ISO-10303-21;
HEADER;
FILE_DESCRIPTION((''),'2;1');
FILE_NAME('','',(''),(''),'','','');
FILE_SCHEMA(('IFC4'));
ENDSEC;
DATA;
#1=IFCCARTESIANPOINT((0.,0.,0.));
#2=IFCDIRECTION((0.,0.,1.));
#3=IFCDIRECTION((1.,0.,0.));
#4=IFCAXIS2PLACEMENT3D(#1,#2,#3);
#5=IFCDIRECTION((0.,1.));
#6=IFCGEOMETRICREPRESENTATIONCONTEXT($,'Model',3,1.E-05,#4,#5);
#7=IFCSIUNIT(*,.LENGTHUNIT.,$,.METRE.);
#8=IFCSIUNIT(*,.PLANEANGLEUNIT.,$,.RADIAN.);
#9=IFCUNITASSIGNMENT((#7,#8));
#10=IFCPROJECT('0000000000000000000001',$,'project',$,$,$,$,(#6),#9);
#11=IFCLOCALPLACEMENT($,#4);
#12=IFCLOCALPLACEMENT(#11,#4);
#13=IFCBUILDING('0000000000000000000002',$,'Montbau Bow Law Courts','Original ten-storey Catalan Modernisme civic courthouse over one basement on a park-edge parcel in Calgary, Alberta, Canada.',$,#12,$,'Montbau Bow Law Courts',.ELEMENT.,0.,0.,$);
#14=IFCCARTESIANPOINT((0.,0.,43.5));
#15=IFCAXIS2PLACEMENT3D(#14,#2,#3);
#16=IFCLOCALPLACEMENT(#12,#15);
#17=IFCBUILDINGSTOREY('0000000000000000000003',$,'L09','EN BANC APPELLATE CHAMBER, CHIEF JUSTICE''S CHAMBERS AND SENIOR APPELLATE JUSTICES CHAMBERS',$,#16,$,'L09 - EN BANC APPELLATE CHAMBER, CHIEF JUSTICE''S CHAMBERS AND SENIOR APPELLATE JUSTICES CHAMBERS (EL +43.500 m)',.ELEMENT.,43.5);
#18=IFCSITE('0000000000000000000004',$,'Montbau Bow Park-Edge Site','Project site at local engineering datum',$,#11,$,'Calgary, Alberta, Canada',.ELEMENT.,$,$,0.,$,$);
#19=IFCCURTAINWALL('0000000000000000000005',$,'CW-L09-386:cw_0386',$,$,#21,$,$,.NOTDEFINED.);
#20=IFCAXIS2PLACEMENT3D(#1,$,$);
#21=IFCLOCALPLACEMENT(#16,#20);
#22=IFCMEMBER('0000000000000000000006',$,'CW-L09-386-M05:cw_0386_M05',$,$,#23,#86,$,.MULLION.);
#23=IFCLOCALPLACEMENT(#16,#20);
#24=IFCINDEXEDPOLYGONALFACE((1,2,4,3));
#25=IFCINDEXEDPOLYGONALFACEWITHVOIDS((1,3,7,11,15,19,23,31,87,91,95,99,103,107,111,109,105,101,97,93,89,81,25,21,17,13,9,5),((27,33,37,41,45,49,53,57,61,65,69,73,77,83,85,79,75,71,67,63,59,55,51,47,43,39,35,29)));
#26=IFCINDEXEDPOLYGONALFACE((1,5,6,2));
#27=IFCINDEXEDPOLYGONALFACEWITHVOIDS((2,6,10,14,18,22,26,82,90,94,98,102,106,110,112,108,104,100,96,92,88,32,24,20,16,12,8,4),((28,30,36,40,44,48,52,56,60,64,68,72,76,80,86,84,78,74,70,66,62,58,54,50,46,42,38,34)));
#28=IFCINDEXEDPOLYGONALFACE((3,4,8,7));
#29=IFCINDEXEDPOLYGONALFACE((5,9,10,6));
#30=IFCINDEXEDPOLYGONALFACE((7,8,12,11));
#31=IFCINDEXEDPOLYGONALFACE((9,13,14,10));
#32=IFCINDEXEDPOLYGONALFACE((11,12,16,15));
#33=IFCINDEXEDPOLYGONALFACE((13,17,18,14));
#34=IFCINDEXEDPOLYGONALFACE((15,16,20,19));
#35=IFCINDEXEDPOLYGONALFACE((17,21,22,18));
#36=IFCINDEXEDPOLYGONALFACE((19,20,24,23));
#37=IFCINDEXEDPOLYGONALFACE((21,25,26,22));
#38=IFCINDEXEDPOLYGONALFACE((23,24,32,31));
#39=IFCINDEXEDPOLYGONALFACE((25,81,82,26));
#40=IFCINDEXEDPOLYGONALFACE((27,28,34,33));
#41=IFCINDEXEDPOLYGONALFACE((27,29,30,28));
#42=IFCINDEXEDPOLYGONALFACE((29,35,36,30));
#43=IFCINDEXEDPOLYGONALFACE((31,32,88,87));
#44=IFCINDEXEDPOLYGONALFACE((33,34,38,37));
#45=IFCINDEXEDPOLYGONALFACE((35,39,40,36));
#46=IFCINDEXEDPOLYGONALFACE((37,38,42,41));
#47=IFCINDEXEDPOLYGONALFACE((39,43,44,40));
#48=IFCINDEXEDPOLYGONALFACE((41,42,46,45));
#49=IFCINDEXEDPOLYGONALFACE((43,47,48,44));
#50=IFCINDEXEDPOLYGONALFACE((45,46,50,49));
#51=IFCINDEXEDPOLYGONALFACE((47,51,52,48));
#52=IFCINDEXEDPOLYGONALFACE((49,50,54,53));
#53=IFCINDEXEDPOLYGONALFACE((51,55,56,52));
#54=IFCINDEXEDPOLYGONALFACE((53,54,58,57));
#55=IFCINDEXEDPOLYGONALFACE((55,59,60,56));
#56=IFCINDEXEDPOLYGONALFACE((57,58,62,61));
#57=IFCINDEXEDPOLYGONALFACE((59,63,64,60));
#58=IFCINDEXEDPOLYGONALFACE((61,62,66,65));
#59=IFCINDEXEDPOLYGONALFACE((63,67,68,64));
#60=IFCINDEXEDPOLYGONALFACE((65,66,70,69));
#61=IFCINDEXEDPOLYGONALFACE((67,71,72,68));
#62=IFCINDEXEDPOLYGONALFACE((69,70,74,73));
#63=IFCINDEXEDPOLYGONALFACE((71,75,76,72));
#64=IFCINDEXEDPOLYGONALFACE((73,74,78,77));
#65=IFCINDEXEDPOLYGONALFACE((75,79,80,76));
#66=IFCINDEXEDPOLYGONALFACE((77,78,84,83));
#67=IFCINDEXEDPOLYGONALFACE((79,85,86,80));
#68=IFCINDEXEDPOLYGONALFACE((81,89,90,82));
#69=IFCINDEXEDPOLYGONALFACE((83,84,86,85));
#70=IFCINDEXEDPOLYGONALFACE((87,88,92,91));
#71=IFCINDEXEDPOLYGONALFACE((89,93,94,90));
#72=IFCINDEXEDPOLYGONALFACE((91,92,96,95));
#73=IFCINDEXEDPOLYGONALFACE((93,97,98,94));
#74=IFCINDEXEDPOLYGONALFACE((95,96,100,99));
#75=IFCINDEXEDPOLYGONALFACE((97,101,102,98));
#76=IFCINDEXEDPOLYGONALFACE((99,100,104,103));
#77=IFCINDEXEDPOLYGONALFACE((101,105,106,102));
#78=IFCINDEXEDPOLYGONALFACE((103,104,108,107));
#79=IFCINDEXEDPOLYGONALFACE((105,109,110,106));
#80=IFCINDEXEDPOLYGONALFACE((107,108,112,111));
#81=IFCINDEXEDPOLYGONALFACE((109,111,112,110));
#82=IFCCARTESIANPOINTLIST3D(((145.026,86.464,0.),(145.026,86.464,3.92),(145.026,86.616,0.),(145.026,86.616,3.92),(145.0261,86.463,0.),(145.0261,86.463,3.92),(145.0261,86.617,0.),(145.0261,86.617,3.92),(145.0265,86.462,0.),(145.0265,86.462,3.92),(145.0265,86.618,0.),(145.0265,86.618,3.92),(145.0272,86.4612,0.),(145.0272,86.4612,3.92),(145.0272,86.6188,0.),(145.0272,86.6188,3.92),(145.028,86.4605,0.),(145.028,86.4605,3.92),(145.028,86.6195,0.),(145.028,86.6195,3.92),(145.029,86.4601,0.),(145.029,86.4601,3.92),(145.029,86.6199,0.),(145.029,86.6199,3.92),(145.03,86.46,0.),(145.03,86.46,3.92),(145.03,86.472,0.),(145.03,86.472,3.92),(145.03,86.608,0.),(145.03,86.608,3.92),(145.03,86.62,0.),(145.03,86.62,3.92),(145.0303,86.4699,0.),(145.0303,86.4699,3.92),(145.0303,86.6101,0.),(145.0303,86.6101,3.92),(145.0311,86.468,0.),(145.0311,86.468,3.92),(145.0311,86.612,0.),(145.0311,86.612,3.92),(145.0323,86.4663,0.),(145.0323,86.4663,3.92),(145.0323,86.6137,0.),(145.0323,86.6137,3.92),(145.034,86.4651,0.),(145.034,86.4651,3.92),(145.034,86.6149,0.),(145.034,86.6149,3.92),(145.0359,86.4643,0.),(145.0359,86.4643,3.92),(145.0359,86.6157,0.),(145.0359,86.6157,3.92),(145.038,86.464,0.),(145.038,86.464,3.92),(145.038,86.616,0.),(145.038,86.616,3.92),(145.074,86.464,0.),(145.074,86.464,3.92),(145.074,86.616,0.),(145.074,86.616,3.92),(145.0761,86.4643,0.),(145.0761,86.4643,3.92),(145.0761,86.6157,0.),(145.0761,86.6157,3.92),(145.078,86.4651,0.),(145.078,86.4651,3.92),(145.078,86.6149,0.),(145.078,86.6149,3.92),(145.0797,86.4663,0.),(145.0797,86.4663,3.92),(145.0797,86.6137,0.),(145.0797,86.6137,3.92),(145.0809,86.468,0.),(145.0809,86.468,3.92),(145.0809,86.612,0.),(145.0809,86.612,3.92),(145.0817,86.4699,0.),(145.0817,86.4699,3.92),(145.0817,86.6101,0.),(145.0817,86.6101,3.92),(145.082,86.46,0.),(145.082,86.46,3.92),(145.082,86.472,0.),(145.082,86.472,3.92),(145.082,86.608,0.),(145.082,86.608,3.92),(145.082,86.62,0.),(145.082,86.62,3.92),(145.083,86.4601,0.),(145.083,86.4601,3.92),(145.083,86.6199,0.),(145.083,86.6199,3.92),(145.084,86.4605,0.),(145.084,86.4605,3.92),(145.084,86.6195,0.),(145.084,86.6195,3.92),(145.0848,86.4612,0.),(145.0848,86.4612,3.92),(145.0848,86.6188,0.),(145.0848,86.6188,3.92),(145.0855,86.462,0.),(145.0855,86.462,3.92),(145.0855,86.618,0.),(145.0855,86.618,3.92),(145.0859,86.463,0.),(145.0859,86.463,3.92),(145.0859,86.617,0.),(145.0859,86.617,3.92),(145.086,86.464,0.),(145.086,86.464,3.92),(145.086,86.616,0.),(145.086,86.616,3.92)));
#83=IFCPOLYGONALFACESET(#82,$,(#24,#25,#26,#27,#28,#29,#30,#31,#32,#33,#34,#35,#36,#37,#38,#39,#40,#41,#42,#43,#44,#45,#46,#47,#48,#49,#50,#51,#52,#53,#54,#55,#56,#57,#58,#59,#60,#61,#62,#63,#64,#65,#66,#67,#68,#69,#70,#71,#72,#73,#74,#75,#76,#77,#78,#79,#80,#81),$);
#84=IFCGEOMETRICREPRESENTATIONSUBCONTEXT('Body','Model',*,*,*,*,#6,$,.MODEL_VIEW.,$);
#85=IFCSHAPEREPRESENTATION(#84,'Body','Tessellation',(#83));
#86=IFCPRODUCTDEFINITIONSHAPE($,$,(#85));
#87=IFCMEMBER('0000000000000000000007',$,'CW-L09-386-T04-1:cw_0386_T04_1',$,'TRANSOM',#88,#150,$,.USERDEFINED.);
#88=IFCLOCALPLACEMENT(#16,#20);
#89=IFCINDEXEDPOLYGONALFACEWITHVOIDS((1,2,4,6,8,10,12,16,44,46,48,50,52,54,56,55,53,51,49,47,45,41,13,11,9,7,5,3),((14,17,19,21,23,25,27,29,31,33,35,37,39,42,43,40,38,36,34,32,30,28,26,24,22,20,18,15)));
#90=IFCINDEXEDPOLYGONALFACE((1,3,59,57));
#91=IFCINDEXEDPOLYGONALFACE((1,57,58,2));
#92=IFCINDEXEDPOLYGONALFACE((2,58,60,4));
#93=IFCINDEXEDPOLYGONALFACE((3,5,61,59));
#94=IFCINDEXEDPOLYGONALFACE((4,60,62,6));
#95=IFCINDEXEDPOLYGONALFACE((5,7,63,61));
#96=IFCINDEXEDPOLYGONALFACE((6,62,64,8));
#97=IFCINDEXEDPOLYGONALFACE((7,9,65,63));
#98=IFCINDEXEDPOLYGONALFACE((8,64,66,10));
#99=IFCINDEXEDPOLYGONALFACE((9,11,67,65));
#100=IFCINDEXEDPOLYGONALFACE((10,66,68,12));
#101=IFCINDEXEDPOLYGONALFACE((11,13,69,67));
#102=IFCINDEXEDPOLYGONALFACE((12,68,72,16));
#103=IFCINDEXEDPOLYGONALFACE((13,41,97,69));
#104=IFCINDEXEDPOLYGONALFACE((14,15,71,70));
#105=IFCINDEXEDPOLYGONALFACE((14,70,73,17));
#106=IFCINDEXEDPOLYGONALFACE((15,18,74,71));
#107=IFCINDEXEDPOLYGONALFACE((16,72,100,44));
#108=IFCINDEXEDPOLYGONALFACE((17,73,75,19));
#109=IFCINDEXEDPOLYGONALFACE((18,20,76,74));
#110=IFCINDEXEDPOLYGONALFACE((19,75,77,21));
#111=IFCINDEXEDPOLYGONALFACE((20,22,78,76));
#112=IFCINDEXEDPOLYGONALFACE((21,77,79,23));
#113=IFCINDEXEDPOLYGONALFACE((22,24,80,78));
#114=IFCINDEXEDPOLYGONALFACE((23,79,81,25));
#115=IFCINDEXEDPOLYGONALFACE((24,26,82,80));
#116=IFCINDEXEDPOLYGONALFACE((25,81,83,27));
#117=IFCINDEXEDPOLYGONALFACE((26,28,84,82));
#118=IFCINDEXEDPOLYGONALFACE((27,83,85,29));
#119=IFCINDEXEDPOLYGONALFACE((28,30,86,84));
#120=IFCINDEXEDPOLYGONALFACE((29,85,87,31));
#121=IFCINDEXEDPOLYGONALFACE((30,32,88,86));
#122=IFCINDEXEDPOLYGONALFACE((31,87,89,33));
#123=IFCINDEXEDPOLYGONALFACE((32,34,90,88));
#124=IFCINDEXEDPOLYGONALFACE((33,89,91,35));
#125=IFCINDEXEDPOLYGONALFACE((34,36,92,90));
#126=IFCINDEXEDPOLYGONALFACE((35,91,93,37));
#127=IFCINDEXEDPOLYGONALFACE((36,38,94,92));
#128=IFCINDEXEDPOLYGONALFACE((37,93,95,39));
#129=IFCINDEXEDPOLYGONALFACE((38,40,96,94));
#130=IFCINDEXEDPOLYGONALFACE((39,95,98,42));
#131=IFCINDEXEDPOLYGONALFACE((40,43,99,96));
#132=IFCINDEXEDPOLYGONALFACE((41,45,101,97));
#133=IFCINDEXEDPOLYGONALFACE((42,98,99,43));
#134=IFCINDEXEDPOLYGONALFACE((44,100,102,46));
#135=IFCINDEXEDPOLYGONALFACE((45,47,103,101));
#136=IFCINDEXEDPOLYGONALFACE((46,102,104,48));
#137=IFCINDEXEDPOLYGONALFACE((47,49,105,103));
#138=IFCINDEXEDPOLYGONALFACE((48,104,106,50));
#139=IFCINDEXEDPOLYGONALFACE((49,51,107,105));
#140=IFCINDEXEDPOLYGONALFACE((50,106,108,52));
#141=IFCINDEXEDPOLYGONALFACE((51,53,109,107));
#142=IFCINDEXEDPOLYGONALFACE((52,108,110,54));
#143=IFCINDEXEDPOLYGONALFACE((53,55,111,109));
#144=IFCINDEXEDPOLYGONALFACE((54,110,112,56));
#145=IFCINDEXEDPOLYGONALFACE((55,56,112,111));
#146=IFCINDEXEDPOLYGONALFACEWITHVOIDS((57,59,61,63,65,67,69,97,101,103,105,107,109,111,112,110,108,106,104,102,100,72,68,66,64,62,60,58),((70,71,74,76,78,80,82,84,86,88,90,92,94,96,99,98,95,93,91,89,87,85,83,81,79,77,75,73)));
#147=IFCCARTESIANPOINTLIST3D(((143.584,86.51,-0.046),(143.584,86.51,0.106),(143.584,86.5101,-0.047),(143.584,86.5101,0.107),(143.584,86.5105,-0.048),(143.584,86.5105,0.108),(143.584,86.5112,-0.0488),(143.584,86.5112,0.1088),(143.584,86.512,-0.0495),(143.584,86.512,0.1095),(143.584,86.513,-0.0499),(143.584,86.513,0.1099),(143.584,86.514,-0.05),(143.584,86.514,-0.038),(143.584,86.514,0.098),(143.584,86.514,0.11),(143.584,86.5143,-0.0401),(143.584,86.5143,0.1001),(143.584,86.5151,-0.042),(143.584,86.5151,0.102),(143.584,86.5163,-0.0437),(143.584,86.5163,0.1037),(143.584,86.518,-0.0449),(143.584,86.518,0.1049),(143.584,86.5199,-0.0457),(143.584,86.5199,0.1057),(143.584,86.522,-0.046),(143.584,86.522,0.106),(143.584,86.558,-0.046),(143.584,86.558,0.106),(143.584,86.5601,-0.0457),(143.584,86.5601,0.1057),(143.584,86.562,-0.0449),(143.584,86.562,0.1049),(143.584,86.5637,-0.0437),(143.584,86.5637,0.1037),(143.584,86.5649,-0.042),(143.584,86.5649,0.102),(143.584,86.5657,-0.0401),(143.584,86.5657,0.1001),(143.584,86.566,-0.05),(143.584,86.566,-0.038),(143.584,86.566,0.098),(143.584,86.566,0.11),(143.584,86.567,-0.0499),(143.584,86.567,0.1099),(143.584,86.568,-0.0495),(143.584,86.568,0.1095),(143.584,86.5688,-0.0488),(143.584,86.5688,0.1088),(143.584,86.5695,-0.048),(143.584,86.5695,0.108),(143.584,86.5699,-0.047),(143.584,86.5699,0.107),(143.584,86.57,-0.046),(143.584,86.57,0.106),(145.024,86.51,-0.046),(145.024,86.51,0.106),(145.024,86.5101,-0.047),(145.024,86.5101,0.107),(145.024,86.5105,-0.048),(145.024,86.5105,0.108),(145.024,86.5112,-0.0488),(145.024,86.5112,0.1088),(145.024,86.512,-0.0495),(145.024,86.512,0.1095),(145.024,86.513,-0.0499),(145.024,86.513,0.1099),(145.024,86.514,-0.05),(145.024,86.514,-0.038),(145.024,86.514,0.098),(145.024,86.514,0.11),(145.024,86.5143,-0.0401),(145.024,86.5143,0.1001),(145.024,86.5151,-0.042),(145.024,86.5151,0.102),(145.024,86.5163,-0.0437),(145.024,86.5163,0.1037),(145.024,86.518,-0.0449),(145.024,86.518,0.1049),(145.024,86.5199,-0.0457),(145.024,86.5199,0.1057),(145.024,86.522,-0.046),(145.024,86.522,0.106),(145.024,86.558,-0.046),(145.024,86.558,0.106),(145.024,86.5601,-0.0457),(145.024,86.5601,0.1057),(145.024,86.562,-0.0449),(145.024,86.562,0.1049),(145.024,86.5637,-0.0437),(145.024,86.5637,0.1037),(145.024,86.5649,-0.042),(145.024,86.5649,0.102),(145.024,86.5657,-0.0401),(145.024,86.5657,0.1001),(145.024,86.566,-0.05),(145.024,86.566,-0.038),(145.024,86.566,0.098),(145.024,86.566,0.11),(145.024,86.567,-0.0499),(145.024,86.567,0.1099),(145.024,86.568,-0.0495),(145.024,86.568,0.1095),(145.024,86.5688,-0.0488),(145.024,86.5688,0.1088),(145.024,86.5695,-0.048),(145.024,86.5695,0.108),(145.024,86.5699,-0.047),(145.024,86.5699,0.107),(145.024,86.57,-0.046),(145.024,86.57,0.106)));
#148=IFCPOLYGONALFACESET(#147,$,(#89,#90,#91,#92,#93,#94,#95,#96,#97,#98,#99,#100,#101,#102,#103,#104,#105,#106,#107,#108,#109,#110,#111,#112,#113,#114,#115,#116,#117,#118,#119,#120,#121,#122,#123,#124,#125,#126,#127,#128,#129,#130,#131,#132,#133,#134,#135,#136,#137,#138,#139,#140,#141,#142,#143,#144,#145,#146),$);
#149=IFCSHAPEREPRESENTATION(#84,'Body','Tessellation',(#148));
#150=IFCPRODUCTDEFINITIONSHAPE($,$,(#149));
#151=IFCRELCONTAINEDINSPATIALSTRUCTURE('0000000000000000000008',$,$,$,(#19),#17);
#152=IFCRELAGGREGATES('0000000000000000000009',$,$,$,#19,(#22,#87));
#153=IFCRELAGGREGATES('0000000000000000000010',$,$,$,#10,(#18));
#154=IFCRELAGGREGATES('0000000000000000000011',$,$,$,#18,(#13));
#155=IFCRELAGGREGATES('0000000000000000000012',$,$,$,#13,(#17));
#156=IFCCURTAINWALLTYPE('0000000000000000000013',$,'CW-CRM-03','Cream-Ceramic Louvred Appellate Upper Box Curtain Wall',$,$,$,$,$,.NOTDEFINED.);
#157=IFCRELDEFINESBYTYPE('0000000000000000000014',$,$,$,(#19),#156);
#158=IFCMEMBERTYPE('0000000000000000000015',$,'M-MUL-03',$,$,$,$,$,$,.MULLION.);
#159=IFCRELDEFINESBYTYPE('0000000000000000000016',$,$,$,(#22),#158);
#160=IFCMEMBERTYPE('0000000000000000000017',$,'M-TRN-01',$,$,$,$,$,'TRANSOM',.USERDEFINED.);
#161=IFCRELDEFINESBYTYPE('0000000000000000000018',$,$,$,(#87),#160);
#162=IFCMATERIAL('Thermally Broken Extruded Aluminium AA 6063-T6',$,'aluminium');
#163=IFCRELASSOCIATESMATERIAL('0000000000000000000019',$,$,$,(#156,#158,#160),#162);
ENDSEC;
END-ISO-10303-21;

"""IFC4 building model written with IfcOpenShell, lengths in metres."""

from ifc_helpers import new_model, si_unit, direction, frame, origin_with_axes, origin_2d_with_axis, place, context, subcontext, project, spatial, hollow_rectangle, extrude, material, material_profile, profile_set, type_object, element, aggregate, save


model = new_model("IFC4")

# Units and contexts
model_context = context("Model", 3, precision=1e-05, world=origin_with_axes(), true_north=direction((0.0, 1.0)))
body_context = subcontext(model_context, "Body", "Model", "MODEL_VIEW")
ifc_project = project(units=[si_unit("LENGTHUNIT", "METRE"), si_unit("PLANEANGLEUNIT", "RADIAN")], contexts=[model_context])

# Site, building, storey
site_placement = place(None, origin_with_axes())
site = spatial("IfcSite", under=ifc_project, at=site_placement, Name="Montbau Bow Park-Edge Site", Description="Project site at local engineering datum", LongName="Calgary, Alberta, Canada", CompositionType="ELEMENT", RefElevation=0.0)
building_placement = place(site_placement, origin_with_axes())
building = spatial("IfcBuilding", under=site, at=building_placement, Name="Montbau Bow Law Courts", Description="Original ten-storey Catalan Modernisme civic courthouse over one basement on a park-edge parcel in Calgary, Alberta, Canada.", LongName="Montbau Bow Law Courts", CompositionType="ELEMENT", ElevationOfRefHeight=0.0, ElevationOfTerrain=0.0)
storey_placement = place(building_placement, frame((0.0, 0.0, 43.5), z_axis=(0.0, 0.0, 1.0), x_axis=(1.0, 0.0, 0.0)))
storey = spatial("IfcBuildingStorey", under=building, at=storey_placement, Name="L09", Description="EN BANC APPELLATE CHAMBER, CHIEF JUSTICE'S CHAMBERS AND SENIOR APPELLATE JUSTICES CHAMBERS", LongName="L09 - EN BANC APPELLATE CHAMBER, CHIEF JUSTICE'S CHAMBERS AND SENIOR APPELLATE JUSTICES CHAMBERS (EL +43.500 m)", CompositionType="ELEMENT", Elevation=43.5)

# Shared definitions
ifc_material_1 = material(Name="Thermally Broken Extruded Aluminium AA 6063-T6", Category="aluminium")
curtain_wall_type = type_object("IfcCurtainWallType", Name="CW-CRM-03", Description="Cream-Ceramic Louvred Appellate Upper Box Curtain Wall", PredefinedType="NOTDEFINED", material=ifc_material_1)

# Curtain wall, members
curtain_wall_1_placement = place(None, frame((139.04, 86.54, 43.5), z_axis=(0.0, 0.0, 1.0), x_axis=(1.0, 0.0, 0.0)))
curtain_wall_1 = element("IfcCurtainWall", 1, at=curtain_wall_1_placement, inside=storey, type_object=curtain_wall_type, Name="CW-L09-386:cw_0386", PredefinedType="NOTDEFINED")
ifc_material_profile_1 = material_profile(ifc_material_1, hollow_rectangle(XDim=0.06, YDim=0.16, WallThickness=0.004, InnerFilletRadius=0.008, OuterFilletRadius=0.004, at=origin_2d_with_axis()), Name="CWM-160X60", Category="Main", Priority=0)
ifc_profile_set_1 = profile_set([ifc_material_profile_1], Name="Thermally Broken Extruded Aluminium AA 6063-T6")
member_type_1 = type_object("IfcMemberType", Name="M-MUL-03", PredefinedType="MULLION", material=ifc_profile_set_1)
member_1_placement = place(None, frame((145.056, 86.54, 43.5), z_axis=(0.0, 0.0, 1.0), x_axis=(1.0, 0.0, 0.0)))
member_1 = element("IfcMember", 2, at=member_1_placement, type_object=member_type_1, Name="CW-L09-386-M05:cw_0386_M05", PredefinedType="MULLION", context=body_context, shape_type="SweptSolid", body=[
    extrude(hollow_rectangle(XDim=0.06, YDim=0.16, WallThickness=0.004, InnerFilletRadius=0.008, OuterFilletRadius=0.004, at=origin_2d_with_axis()), origin_with_axes(), (0.0, 0.0, 1.0), 3.92),
])
ifc_material_profile_2 = material_profile(ifc_material_1, hollow_rectangle(XDim=0.06, YDim=0.16, WallThickness=0.004, InnerFilletRadius=0.008, OuterFilletRadius=0.004, at=origin_2d_with_axis()), Name="CWT-160X60", Category="Main", Priority=0)
ifc_profile_set_2 = profile_set([ifc_material_profile_2], Name="Thermally Broken Extruded Aluminium AA 6063-T6")
member_type_2 = type_object("IfcMemberType", Name="M-TRN-01", ElementType="TRANSOM", PredefinedType="USERDEFINED", material=ifc_profile_set_2)
member_2_placement = place(None, frame((143.584, 86.54, 43.53), z_axis=(1.0, 0.0, 0.0), x_axis=(0.0, 1.0, 0.0)))
member_2 = element("IfcMember", 3, at=member_2_placement, type_object=member_type_2, Name="CW-L09-386-T04-1:cw_0386_T04_1", ObjectType="TRANSOM", PredefinedType="USERDEFINED", context=body_context, shape_type="SweptSolid", body=[
    extrude(hollow_rectangle(XDim=0.06, YDim=0.16, WallThickness=0.004, InnerFilletRadius=0.008, OuterFilletRadius=0.004, at=origin_2d_with_axis()), origin_with_axes(), (0.0, 0.0, 1.0), 1.44),
])

aggregate(curtain_wall_1, [member_1, member_2])

save(model, "model.ifc")
